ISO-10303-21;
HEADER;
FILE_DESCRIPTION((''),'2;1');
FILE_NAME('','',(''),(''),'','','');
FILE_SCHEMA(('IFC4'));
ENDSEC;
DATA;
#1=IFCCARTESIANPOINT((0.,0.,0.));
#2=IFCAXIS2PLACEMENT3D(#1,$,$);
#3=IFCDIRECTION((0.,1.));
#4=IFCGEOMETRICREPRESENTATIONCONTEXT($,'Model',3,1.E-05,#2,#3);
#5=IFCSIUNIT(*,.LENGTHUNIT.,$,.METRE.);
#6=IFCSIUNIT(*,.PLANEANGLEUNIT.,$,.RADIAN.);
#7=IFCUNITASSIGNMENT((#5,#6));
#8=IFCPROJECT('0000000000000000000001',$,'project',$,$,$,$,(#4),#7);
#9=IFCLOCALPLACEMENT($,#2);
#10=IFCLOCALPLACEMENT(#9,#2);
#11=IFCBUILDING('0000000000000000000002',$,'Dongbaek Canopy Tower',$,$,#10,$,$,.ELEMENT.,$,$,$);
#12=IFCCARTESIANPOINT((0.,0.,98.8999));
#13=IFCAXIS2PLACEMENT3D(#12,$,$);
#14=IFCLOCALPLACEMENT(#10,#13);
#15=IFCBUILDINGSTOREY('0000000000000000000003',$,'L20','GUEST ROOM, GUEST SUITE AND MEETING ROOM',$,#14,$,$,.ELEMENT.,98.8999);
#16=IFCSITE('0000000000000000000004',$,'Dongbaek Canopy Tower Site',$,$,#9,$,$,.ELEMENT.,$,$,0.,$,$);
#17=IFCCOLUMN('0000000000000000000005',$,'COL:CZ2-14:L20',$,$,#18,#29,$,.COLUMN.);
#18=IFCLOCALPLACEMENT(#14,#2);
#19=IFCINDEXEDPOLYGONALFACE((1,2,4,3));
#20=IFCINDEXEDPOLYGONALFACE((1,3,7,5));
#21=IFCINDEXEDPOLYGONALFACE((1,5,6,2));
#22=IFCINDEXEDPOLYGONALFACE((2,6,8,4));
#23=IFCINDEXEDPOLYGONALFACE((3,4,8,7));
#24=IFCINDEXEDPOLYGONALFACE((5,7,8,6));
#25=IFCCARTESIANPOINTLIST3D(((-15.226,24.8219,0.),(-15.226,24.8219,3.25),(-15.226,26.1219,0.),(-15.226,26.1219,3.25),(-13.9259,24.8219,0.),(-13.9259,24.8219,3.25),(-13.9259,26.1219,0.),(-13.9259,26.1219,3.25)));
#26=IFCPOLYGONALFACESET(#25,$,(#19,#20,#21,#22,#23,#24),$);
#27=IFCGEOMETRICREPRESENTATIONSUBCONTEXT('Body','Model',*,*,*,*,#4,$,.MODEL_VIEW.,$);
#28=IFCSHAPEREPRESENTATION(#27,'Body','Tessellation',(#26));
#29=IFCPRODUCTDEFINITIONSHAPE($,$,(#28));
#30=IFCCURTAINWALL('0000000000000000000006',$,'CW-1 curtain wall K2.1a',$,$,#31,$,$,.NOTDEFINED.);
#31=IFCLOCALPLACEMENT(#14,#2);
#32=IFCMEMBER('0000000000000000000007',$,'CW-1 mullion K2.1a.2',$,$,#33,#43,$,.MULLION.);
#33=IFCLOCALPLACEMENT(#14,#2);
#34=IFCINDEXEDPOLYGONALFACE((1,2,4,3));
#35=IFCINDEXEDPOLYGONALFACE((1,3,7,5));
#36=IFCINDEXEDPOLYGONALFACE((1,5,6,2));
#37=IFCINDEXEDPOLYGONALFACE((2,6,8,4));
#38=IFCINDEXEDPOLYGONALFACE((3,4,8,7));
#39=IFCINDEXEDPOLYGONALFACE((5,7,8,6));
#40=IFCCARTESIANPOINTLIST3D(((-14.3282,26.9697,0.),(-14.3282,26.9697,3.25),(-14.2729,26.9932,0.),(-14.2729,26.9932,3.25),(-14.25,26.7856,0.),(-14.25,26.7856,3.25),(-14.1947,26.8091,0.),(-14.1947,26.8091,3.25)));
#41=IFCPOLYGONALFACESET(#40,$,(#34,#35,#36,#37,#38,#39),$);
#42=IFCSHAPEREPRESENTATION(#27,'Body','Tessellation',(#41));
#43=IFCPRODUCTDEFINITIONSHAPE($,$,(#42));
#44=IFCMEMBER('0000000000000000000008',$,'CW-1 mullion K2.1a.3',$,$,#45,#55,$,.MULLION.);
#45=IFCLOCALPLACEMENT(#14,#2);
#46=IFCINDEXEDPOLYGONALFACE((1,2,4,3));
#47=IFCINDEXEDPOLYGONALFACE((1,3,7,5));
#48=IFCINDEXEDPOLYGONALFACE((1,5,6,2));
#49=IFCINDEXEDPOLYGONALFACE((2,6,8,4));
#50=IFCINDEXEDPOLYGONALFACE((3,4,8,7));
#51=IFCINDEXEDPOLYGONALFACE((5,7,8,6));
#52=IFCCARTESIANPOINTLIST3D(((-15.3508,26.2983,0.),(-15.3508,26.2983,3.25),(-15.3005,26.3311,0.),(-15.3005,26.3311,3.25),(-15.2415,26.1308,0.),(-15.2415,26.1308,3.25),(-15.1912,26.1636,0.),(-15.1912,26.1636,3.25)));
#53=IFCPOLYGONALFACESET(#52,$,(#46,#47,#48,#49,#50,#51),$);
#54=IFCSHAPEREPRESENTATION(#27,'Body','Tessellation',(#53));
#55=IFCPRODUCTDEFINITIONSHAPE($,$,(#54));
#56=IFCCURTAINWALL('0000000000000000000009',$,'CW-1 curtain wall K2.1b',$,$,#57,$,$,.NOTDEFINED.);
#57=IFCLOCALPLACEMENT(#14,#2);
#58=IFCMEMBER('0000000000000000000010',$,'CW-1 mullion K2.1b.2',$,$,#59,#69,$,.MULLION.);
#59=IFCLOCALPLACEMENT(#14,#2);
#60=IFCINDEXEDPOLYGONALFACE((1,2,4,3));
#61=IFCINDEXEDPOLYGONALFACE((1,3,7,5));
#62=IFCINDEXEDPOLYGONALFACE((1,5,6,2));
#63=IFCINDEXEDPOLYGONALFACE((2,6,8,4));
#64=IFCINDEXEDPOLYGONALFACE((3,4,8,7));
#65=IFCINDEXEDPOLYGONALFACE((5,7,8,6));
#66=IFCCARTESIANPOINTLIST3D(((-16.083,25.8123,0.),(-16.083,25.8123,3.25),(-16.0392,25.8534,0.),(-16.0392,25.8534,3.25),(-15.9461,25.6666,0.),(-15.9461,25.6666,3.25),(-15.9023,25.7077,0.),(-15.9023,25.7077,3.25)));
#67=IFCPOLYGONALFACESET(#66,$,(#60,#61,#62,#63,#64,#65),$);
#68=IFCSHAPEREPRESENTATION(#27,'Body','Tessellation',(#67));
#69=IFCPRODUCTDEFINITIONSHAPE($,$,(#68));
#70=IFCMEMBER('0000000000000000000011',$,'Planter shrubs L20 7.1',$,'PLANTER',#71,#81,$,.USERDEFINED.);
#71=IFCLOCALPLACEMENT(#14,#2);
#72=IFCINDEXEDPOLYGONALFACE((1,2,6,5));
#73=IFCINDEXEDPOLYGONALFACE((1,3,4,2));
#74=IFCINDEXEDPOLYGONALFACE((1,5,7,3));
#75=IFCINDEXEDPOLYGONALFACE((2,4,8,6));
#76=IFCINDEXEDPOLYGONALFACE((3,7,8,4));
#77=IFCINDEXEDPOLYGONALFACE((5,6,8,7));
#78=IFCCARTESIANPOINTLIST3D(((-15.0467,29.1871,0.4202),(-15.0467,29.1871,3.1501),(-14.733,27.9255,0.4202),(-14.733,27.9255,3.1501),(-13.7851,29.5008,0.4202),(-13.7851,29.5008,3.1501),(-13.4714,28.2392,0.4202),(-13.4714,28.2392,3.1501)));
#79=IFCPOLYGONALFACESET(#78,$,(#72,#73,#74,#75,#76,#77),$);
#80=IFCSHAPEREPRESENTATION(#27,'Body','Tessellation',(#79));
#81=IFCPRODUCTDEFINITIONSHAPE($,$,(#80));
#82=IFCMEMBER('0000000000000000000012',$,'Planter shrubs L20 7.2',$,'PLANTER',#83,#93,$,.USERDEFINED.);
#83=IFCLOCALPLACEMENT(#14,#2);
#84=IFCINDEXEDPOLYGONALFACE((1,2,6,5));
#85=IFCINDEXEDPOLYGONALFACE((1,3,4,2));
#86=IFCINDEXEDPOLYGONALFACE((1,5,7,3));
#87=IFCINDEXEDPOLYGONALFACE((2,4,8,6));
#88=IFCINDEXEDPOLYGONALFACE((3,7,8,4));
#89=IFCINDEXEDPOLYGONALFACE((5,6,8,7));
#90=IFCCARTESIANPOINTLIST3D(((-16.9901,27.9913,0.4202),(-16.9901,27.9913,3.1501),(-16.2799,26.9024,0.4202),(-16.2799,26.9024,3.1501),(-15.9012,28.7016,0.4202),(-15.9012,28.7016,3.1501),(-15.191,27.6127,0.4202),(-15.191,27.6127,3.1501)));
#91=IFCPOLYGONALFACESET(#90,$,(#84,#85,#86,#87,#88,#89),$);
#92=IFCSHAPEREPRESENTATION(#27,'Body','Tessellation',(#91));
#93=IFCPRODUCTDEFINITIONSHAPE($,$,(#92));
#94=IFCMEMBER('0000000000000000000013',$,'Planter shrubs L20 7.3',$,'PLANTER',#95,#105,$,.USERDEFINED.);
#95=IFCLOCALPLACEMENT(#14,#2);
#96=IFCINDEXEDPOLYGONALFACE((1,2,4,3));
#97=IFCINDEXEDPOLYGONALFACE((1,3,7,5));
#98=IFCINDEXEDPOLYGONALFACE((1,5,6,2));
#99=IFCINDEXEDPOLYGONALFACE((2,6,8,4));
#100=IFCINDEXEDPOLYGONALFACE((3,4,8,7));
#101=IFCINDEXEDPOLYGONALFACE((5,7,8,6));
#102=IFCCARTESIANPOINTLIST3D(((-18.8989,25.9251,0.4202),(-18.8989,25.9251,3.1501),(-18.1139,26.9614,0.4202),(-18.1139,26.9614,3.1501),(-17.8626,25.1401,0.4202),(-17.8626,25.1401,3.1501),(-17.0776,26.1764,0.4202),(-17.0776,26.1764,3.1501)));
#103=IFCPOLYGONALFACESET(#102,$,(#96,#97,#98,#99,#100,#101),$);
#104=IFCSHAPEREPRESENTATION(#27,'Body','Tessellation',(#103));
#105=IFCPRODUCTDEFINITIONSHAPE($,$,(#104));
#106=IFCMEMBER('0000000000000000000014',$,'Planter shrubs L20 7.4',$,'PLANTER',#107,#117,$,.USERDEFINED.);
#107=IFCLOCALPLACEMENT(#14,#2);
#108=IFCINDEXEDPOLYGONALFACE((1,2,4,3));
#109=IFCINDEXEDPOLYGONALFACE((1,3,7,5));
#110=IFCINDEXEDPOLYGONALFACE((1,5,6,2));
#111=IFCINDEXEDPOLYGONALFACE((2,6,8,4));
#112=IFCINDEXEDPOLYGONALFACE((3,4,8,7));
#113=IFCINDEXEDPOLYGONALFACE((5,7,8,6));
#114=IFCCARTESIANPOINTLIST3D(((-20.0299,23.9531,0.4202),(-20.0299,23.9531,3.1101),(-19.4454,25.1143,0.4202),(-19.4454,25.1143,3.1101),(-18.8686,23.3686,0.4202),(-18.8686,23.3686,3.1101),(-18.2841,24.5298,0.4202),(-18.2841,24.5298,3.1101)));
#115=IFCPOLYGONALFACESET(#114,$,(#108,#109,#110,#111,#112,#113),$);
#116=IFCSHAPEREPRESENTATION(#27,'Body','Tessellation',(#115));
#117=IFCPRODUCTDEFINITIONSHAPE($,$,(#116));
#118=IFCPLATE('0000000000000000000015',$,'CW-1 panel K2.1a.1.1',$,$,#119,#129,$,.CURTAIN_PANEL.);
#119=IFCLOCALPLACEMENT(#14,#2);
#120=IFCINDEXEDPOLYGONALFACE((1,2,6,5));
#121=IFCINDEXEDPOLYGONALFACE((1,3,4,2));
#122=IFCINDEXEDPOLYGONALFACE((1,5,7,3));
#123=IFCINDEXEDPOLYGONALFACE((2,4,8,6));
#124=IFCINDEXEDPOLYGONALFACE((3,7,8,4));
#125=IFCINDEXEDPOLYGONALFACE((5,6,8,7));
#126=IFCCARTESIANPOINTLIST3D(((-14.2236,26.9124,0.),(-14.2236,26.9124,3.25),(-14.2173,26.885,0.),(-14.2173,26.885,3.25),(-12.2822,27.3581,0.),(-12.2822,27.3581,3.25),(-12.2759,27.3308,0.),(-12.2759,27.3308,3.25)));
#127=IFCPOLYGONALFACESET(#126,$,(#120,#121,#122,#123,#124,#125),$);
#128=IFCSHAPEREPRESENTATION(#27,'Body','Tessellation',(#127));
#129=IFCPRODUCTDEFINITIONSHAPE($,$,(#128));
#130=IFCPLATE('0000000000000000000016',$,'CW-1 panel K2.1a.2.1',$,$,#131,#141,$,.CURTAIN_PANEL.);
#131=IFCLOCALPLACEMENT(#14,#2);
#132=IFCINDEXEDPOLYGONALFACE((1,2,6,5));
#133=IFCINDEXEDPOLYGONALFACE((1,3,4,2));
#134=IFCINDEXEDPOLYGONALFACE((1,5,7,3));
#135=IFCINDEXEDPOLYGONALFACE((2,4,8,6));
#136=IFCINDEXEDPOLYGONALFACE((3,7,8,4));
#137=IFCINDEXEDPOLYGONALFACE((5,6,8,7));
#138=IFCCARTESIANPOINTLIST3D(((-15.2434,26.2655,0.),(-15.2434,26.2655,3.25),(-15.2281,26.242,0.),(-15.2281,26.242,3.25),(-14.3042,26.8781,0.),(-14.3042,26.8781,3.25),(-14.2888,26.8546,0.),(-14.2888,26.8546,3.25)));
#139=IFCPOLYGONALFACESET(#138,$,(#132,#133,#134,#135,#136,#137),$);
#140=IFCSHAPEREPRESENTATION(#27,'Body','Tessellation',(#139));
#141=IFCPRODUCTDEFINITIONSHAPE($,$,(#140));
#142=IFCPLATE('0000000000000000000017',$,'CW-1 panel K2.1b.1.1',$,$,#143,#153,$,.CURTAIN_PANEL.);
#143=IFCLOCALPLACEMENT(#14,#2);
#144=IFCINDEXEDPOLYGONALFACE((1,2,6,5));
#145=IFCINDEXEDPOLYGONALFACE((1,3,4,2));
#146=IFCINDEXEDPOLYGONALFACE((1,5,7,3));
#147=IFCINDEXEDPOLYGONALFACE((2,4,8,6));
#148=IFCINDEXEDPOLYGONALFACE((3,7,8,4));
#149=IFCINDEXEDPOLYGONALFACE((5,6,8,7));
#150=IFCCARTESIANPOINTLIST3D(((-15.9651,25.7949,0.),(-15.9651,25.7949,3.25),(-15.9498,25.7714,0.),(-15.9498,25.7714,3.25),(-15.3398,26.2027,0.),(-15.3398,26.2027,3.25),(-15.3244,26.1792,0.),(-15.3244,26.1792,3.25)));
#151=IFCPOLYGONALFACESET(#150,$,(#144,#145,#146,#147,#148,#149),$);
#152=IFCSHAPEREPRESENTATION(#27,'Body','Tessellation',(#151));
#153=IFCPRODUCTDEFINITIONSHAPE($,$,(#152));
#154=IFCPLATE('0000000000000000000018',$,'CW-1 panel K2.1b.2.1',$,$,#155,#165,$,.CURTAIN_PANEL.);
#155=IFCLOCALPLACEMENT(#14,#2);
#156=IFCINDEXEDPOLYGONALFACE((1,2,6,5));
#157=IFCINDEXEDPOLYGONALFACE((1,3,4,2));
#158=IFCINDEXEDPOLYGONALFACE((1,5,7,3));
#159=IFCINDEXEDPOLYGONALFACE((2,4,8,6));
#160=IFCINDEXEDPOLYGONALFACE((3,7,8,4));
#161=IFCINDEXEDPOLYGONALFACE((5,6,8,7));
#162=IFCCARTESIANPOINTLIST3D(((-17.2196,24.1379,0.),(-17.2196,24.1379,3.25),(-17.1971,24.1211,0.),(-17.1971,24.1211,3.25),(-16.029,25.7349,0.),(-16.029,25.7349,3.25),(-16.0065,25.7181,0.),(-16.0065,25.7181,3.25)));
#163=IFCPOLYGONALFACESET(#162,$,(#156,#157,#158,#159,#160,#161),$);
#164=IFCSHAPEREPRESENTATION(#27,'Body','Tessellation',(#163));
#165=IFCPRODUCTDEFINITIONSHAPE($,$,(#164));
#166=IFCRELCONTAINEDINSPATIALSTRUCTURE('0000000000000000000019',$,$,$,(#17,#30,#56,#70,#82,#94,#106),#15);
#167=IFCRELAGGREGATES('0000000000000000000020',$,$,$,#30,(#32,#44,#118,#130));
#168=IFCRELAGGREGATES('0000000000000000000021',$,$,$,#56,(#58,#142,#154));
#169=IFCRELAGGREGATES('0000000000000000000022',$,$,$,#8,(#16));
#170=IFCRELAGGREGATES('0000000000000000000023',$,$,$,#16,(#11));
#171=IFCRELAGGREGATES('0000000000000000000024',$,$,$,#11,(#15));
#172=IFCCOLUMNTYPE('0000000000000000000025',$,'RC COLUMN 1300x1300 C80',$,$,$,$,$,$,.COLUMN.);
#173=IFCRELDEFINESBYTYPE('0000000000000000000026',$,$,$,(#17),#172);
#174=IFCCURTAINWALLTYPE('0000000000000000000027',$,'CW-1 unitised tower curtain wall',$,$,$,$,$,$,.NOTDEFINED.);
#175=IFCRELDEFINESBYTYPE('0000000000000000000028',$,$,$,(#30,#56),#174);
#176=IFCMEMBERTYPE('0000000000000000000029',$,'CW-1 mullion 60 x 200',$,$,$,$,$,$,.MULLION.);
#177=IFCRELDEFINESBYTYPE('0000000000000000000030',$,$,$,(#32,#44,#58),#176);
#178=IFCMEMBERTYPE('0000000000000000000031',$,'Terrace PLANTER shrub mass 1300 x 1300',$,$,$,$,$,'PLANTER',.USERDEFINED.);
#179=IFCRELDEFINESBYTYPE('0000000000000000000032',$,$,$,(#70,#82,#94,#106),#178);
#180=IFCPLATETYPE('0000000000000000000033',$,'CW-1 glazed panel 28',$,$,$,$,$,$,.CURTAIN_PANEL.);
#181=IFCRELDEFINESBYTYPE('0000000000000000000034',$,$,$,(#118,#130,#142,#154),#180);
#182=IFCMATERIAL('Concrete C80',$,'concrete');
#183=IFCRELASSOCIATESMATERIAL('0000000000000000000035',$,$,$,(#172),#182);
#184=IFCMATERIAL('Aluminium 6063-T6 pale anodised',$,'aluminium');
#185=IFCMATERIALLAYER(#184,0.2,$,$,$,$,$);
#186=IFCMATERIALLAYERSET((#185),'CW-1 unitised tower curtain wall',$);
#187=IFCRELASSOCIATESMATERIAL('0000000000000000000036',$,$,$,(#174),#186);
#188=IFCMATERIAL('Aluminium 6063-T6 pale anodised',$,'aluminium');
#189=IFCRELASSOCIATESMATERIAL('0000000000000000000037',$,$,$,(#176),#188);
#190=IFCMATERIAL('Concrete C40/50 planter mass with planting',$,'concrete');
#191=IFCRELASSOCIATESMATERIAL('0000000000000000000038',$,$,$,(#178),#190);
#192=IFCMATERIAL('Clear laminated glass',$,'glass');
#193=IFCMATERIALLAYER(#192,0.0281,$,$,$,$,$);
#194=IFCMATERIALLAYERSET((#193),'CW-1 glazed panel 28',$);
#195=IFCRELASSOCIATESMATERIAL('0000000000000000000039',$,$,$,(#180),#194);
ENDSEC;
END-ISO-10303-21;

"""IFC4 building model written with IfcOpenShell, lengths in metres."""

from ifc_helpers import new_model, si_unit, direction, frame, origin, origin_2d, place, context, subcontext, project, spatial, rectangle, extrude, material, layer, layer_set, material_profile, profile_set, type_object, element, aggregate, save


model = new_model("IFC4")

# Units and contexts
model_context = context("Model", 3, precision=1e-05, world=origin(), true_north=direction((0.0, 1.0)))
body_context = subcontext(model_context, "Body", "Model", "MODEL_VIEW")
ifc_project = project(units=[si_unit("LENGTHUNIT", "METRE"), si_unit("PLANEANGLEUNIT", "RADIAN")], contexts=[model_context])

# Site, building, storey
site_placement = place(None, origin())
site = spatial("IfcSite", under=ifc_project, at=site_placement, Name="Dongbaek Canopy Tower Site", CompositionType="ELEMENT", RefElevation=0.0)
building_placement = place(site_placement, origin())
building = spatial("IfcBuilding", under=site, at=building_placement, Name="Dongbaek Canopy Tower", CompositionType="ELEMENT")
storey_placement = place(building_placement, frame((0.0, 0.0, 98.8999)))
storey = spatial("IfcBuildingStorey", under=building, at=storey_placement, Name="L20", Description="GUEST ROOM, GUEST SUITE AND MEETING ROOM", CompositionType="ELEMENT", Elevation=98.8999)

# Column
ifc_material_1 = material(Name="Concrete C80", Category="concrete")
ifc_material_profile_1 = material_profile(ifc_material_1, rectangle(XDim=1.3, YDim=1.3, at=origin_2d()), Name="RC COLUMN 1300x1300 C80")
ifc_profile_set_1 = profile_set([ifc_material_profile_1], Name="Concrete C80")
column_type = type_object("IfcColumnType", Name="RC COLUMN 1300x1300 C80", PredefinedType="COLUMN", material=ifc_profile_set_1)
column_placement = place(storey_placement, frame((-14.5759, 25.4719, 0.0), z_axis=(0.0, 0.0, 1.0), x_axis=(1.0, 0.0, 0.0)))
element("IfcColumn", 1, at=column_placement, inside=storey, type_object=column_type, Name="COL:CZ2-14:L20", PredefinedType="COLUMN", context=body_context, shape_type="SweptSolid", body=[
    extrude(rectangle(XDim=1.3, YDim=1.3, at=origin_2d()), origin(), (0.0, 0.0, 1.0), 3.25),
])

# Curtain wall, members
ifc_material_2 = material(Name="Aluminium 6063-T6 pale anodised", Category="aluminium")
ifc_layer_1 = layer(ifc_material_2, 0.2)
ifc_layer_set_1 = layer_set([ifc_layer_1], Name="CW-1 unitised tower curtain wall")
curtain_wall_type = type_object("IfcCurtainWallType", Name="CW-1 unitised tower curtain wall", PredefinedType="NOTDEFINED", material=ifc_layer_set_1)
curtain_wall_1_placement = place(storey_placement, origin())
curtain_wall_1 = element("IfcCurtainWall", 2, at=curtain_wall_1_placement, inside=storey, type_object=curtain_wall_type, Name="CW-1 curtain wall K2.1a", PredefinedType="NOTDEFINED")
ifc_material_3 = material(Name="Aluminium 6063-T6 pale anodised", Category="aluminium")
ifc_material_profile_2 = material_profile(ifc_material_3, rectangle(XDim=0.2, YDim=0.0601, at=origin_2d()), Name="CW-1 mullion 60 x 200")
ifc_profile_set_2 = profile_set([ifc_material_profile_2], Name="Aluminium 6063-T6 pale anodised")
member_type_1 = type_object("IfcMemberType", Name="CW-1 mullion 60 x 200", PredefinedType="MULLION", material=ifc_profile_set_2)
member_1_placement = place(storey_placement, frame((-14.2615, 26.8894, 0.0), z_axis=(0.0, 0.0, 1.0), x_axis=(-0.391087, 0.920354, 0.0)))
member_1 = element("IfcMember", 3, at=member_1_placement, type_object=member_type_1, Name="CW-1 mullion K2.1a.2", PredefinedType="MULLION", context=body_context, shape_type="SweptSolid", body=[
    extrude(rectangle(XDim=0.2, YDim=0.0601, at=origin_2d()), origin(), (0.0, 0.0, 1.0), 3.25),
])
member_2_placement = place(storey_placement, frame((-15.271, 26.231, 0.0), z_axis=(0.0, 0.0, 1.0), x_axis=(-0.546299, 0.837591, 0.0)))
member_2 = element("IfcMember", 4, at=member_2_placement, type_object=member_type_1, Name="CW-1 mullion K2.1a.3", PredefinedType="MULLION", context=body_context, shape_type="SweptSolid", body=[
    extrude(rectangle(XDim=0.2, YDim=0.0601, at=origin_2d()), origin(), (0.0, 0.0, 1.0), 3.25),
])

# Curtain wall, member
curtain_wall_2_placement = place(storey_placement, origin())
curtain_wall_2 = element("IfcCurtainWall", 5, at=curtain_wall_2_placement, inside=storey, type_object=curtain_wall_type, Name="CW-1 curtain wall K2.1b", PredefinedType="NOTDEFINED")
member_3_placement = place(storey_placement, frame((-15.9927, 25.76, 0.0), z_axis=(0.0, 0.0, 1.0), x_axis=(-0.684608, 0.728912, 0.0)))
member_3 = element("IfcMember", 6, at=member_3_placement, type_object=member_type_1, Name="CW-1 mullion K2.1b.2", PredefinedType="MULLION", context=body_context, shape_type="SweptSolid", body=[
    extrude(rectangle(XDim=0.2, YDim=0.0601, at=origin_2d()), origin(), (0.0, 0.0, 1.0), 3.25),
])

# Members
ifc_material_4 = material(Name="Concrete C40/50 planter mass with planting", Category="concrete")
ifc_material_profile_3 = material_profile(ifc_material_4, rectangle(XDim=1.3, YDim=1.3, at=origin_2d()), Name="Terrace PLANTER shrub mass 1300 x 1300")
ifc_profile_set_3 = profile_set([ifc_material_profile_3], Name="Concrete C40/50 planter mass with planting")
member_type_2 = type_object("IfcMemberType", Name="Terrace PLANTER shrub mass 1300 x 1300", ElementType="PLANTER", PredefinedType="USERDEFINED", material=ifc_profile_set_3)
for number, where, z_axis, x_axis, name in (
    (7, (-14.259, 28.7131, 0.4202), (0.0, 0.0, 1.0), (-0.241324, 0.970445, 0.0), "Planter shrubs L20 7.1"),
    (8, (-16.0906, 27.802, 0.4202), (0.0, 0.0, 1.0), (-0.546299, 0.837591, 0.0), "Planter shrubs L20 7.2"),
    (9, (-17.9883, 26.0508, 0.4202), (0.0, 0.0, 1.0), (-0.797114, 0.603829, 0.0), "Planter shrubs L20 7.3"),
):
    element("IfcMember", number, at=place(storey_placement, frame(where, z_axis=z_axis, x_axis=x_axis)), inside=storey, type_object=member_type_2, Name=name, ObjectType="PLANTER", PredefinedType="USERDEFINED", context=body_context, shape_type="SweptSolid", body=[
        extrude(rectangle(XDim=1.3, YDim=1.3, at=origin_2d()), origin(), (0.0, 0.0, 1.0), 2.73),
    ])
member_4_placement = place(storey_placement, frame((-19.157, 24.2415, 0.4202), z_axis=(0.0, 0.0, 1.0), x_axis=(-0.893229, 0.449602, 0.0)))
element("IfcMember", 10, at=member_4_placement, inside=storey, type_object=member_type_2, Name="Planter shrubs L20 7.4", ObjectType="PLANTER", PredefinedType="USERDEFINED", context=body_context, shape_type="SweptSolid", body=[
    extrude(rectangle(XDim=1.3, YDim=1.3, at=origin_2d()), origin(), (0.0, 0.0, 1.0), 2.6899),
])

# Plates
ifc_material_5 = material(Name="Clear laminated glass", Category="glass")
ifc_layer_2 = layer(ifc_material_5, 0.0281)
ifc_layer_set_2 = layer_set([ifc_layer_2], Name="CW-1 glazed panel 28")
plate_type = type_object("IfcPlateType", Name="CW-1 glazed panel 28", PredefinedType="CURTAIN_PANEL", material=ifc_layer_set_2)
plate_1_placement = place(storey_placement, frame((-13.2498, 27.1216, 0.0), z_axis=(0.0, 0.0, 1.0), x_axis=(-0.974641, -0.223774, 0.0)))
plate_1 = element("IfcPlate", 11, at=plate_1_placement, type_object=plate_type, Name="CW-1 panel K2.1a.1.1", PredefinedType="CURTAIN_PANEL", context=body_context, shape_type="SweptSolid", body=[
    extrude(rectangle(XDim=1.9919, YDim=0.0281, at=origin_2d()), origin(), (0.0, 0.0, 1.0), 3.25),
])
plate_2_placement = place(storey_placement, frame((-14.7661, 26.5601, 0.0), z_axis=(0.0, 0.0, 1.0), x_axis=(-0.837591, -0.546299, 0.0)))
plate_2 = element("IfcPlate", 12, at=plate_2_placement, type_object=plate_type, Name="CW-1 panel K2.1a.2.1", PredefinedType="CURTAIN_PANEL", context=body_context, shape_type="SweptSolid", body=[
    extrude(rectangle(XDim=1.1213, YDim=0.0281, at=origin_2d()), origin(), (0.0, 0.0, 1.0), 3.25),
])
aggregate(curtain_wall_1, [member_1, member_2, plate_1, plate_2])
plate_3_placement = place(storey_placement, frame((-15.6448, 25.9871, 0.0), z_axis=(0.0, 0.0, 1.0), x_axis=(-0.837591, -0.546299, 0.0)))
plate_3 = element("IfcPlate", 13, at=plate_3_placement, type_object=plate_type, Name="CW-1 panel K2.1b.1.1", PredefinedType="CURTAIN_PANEL", context=body_context, shape_type="SweptSolid", body=[
    extrude(rectangle(XDim=0.7466, YDim=0.0281, at=origin_2d()), origin(), (0.0, 0.0, 1.0), 3.25),
])
plate_4_placement = place(storey_placement, frame((-16.613, 24.928, 0.0), z_axis=(0.0, 0.0, 1.0), x_axis=(-0.59768, -0.801735, 0.0)))
plate_4 = element("IfcPlate", 14, at=plate_4_placement, type_object=plate_type, Name="CW-1 panel K2.1b.2.1", PredefinedType="CURTAIN_PANEL", context=body_context, shape_type="SweptSolid", body=[
    extrude(rectangle(XDim=1.9919, YDim=0.0281, at=origin_2d()), origin(), (0.0, 0.0, 1.0), 3.25),
])
aggregate(curtain_wall_2, [member_3, plate_3, plate_4])

save(model, "model.ifc")
